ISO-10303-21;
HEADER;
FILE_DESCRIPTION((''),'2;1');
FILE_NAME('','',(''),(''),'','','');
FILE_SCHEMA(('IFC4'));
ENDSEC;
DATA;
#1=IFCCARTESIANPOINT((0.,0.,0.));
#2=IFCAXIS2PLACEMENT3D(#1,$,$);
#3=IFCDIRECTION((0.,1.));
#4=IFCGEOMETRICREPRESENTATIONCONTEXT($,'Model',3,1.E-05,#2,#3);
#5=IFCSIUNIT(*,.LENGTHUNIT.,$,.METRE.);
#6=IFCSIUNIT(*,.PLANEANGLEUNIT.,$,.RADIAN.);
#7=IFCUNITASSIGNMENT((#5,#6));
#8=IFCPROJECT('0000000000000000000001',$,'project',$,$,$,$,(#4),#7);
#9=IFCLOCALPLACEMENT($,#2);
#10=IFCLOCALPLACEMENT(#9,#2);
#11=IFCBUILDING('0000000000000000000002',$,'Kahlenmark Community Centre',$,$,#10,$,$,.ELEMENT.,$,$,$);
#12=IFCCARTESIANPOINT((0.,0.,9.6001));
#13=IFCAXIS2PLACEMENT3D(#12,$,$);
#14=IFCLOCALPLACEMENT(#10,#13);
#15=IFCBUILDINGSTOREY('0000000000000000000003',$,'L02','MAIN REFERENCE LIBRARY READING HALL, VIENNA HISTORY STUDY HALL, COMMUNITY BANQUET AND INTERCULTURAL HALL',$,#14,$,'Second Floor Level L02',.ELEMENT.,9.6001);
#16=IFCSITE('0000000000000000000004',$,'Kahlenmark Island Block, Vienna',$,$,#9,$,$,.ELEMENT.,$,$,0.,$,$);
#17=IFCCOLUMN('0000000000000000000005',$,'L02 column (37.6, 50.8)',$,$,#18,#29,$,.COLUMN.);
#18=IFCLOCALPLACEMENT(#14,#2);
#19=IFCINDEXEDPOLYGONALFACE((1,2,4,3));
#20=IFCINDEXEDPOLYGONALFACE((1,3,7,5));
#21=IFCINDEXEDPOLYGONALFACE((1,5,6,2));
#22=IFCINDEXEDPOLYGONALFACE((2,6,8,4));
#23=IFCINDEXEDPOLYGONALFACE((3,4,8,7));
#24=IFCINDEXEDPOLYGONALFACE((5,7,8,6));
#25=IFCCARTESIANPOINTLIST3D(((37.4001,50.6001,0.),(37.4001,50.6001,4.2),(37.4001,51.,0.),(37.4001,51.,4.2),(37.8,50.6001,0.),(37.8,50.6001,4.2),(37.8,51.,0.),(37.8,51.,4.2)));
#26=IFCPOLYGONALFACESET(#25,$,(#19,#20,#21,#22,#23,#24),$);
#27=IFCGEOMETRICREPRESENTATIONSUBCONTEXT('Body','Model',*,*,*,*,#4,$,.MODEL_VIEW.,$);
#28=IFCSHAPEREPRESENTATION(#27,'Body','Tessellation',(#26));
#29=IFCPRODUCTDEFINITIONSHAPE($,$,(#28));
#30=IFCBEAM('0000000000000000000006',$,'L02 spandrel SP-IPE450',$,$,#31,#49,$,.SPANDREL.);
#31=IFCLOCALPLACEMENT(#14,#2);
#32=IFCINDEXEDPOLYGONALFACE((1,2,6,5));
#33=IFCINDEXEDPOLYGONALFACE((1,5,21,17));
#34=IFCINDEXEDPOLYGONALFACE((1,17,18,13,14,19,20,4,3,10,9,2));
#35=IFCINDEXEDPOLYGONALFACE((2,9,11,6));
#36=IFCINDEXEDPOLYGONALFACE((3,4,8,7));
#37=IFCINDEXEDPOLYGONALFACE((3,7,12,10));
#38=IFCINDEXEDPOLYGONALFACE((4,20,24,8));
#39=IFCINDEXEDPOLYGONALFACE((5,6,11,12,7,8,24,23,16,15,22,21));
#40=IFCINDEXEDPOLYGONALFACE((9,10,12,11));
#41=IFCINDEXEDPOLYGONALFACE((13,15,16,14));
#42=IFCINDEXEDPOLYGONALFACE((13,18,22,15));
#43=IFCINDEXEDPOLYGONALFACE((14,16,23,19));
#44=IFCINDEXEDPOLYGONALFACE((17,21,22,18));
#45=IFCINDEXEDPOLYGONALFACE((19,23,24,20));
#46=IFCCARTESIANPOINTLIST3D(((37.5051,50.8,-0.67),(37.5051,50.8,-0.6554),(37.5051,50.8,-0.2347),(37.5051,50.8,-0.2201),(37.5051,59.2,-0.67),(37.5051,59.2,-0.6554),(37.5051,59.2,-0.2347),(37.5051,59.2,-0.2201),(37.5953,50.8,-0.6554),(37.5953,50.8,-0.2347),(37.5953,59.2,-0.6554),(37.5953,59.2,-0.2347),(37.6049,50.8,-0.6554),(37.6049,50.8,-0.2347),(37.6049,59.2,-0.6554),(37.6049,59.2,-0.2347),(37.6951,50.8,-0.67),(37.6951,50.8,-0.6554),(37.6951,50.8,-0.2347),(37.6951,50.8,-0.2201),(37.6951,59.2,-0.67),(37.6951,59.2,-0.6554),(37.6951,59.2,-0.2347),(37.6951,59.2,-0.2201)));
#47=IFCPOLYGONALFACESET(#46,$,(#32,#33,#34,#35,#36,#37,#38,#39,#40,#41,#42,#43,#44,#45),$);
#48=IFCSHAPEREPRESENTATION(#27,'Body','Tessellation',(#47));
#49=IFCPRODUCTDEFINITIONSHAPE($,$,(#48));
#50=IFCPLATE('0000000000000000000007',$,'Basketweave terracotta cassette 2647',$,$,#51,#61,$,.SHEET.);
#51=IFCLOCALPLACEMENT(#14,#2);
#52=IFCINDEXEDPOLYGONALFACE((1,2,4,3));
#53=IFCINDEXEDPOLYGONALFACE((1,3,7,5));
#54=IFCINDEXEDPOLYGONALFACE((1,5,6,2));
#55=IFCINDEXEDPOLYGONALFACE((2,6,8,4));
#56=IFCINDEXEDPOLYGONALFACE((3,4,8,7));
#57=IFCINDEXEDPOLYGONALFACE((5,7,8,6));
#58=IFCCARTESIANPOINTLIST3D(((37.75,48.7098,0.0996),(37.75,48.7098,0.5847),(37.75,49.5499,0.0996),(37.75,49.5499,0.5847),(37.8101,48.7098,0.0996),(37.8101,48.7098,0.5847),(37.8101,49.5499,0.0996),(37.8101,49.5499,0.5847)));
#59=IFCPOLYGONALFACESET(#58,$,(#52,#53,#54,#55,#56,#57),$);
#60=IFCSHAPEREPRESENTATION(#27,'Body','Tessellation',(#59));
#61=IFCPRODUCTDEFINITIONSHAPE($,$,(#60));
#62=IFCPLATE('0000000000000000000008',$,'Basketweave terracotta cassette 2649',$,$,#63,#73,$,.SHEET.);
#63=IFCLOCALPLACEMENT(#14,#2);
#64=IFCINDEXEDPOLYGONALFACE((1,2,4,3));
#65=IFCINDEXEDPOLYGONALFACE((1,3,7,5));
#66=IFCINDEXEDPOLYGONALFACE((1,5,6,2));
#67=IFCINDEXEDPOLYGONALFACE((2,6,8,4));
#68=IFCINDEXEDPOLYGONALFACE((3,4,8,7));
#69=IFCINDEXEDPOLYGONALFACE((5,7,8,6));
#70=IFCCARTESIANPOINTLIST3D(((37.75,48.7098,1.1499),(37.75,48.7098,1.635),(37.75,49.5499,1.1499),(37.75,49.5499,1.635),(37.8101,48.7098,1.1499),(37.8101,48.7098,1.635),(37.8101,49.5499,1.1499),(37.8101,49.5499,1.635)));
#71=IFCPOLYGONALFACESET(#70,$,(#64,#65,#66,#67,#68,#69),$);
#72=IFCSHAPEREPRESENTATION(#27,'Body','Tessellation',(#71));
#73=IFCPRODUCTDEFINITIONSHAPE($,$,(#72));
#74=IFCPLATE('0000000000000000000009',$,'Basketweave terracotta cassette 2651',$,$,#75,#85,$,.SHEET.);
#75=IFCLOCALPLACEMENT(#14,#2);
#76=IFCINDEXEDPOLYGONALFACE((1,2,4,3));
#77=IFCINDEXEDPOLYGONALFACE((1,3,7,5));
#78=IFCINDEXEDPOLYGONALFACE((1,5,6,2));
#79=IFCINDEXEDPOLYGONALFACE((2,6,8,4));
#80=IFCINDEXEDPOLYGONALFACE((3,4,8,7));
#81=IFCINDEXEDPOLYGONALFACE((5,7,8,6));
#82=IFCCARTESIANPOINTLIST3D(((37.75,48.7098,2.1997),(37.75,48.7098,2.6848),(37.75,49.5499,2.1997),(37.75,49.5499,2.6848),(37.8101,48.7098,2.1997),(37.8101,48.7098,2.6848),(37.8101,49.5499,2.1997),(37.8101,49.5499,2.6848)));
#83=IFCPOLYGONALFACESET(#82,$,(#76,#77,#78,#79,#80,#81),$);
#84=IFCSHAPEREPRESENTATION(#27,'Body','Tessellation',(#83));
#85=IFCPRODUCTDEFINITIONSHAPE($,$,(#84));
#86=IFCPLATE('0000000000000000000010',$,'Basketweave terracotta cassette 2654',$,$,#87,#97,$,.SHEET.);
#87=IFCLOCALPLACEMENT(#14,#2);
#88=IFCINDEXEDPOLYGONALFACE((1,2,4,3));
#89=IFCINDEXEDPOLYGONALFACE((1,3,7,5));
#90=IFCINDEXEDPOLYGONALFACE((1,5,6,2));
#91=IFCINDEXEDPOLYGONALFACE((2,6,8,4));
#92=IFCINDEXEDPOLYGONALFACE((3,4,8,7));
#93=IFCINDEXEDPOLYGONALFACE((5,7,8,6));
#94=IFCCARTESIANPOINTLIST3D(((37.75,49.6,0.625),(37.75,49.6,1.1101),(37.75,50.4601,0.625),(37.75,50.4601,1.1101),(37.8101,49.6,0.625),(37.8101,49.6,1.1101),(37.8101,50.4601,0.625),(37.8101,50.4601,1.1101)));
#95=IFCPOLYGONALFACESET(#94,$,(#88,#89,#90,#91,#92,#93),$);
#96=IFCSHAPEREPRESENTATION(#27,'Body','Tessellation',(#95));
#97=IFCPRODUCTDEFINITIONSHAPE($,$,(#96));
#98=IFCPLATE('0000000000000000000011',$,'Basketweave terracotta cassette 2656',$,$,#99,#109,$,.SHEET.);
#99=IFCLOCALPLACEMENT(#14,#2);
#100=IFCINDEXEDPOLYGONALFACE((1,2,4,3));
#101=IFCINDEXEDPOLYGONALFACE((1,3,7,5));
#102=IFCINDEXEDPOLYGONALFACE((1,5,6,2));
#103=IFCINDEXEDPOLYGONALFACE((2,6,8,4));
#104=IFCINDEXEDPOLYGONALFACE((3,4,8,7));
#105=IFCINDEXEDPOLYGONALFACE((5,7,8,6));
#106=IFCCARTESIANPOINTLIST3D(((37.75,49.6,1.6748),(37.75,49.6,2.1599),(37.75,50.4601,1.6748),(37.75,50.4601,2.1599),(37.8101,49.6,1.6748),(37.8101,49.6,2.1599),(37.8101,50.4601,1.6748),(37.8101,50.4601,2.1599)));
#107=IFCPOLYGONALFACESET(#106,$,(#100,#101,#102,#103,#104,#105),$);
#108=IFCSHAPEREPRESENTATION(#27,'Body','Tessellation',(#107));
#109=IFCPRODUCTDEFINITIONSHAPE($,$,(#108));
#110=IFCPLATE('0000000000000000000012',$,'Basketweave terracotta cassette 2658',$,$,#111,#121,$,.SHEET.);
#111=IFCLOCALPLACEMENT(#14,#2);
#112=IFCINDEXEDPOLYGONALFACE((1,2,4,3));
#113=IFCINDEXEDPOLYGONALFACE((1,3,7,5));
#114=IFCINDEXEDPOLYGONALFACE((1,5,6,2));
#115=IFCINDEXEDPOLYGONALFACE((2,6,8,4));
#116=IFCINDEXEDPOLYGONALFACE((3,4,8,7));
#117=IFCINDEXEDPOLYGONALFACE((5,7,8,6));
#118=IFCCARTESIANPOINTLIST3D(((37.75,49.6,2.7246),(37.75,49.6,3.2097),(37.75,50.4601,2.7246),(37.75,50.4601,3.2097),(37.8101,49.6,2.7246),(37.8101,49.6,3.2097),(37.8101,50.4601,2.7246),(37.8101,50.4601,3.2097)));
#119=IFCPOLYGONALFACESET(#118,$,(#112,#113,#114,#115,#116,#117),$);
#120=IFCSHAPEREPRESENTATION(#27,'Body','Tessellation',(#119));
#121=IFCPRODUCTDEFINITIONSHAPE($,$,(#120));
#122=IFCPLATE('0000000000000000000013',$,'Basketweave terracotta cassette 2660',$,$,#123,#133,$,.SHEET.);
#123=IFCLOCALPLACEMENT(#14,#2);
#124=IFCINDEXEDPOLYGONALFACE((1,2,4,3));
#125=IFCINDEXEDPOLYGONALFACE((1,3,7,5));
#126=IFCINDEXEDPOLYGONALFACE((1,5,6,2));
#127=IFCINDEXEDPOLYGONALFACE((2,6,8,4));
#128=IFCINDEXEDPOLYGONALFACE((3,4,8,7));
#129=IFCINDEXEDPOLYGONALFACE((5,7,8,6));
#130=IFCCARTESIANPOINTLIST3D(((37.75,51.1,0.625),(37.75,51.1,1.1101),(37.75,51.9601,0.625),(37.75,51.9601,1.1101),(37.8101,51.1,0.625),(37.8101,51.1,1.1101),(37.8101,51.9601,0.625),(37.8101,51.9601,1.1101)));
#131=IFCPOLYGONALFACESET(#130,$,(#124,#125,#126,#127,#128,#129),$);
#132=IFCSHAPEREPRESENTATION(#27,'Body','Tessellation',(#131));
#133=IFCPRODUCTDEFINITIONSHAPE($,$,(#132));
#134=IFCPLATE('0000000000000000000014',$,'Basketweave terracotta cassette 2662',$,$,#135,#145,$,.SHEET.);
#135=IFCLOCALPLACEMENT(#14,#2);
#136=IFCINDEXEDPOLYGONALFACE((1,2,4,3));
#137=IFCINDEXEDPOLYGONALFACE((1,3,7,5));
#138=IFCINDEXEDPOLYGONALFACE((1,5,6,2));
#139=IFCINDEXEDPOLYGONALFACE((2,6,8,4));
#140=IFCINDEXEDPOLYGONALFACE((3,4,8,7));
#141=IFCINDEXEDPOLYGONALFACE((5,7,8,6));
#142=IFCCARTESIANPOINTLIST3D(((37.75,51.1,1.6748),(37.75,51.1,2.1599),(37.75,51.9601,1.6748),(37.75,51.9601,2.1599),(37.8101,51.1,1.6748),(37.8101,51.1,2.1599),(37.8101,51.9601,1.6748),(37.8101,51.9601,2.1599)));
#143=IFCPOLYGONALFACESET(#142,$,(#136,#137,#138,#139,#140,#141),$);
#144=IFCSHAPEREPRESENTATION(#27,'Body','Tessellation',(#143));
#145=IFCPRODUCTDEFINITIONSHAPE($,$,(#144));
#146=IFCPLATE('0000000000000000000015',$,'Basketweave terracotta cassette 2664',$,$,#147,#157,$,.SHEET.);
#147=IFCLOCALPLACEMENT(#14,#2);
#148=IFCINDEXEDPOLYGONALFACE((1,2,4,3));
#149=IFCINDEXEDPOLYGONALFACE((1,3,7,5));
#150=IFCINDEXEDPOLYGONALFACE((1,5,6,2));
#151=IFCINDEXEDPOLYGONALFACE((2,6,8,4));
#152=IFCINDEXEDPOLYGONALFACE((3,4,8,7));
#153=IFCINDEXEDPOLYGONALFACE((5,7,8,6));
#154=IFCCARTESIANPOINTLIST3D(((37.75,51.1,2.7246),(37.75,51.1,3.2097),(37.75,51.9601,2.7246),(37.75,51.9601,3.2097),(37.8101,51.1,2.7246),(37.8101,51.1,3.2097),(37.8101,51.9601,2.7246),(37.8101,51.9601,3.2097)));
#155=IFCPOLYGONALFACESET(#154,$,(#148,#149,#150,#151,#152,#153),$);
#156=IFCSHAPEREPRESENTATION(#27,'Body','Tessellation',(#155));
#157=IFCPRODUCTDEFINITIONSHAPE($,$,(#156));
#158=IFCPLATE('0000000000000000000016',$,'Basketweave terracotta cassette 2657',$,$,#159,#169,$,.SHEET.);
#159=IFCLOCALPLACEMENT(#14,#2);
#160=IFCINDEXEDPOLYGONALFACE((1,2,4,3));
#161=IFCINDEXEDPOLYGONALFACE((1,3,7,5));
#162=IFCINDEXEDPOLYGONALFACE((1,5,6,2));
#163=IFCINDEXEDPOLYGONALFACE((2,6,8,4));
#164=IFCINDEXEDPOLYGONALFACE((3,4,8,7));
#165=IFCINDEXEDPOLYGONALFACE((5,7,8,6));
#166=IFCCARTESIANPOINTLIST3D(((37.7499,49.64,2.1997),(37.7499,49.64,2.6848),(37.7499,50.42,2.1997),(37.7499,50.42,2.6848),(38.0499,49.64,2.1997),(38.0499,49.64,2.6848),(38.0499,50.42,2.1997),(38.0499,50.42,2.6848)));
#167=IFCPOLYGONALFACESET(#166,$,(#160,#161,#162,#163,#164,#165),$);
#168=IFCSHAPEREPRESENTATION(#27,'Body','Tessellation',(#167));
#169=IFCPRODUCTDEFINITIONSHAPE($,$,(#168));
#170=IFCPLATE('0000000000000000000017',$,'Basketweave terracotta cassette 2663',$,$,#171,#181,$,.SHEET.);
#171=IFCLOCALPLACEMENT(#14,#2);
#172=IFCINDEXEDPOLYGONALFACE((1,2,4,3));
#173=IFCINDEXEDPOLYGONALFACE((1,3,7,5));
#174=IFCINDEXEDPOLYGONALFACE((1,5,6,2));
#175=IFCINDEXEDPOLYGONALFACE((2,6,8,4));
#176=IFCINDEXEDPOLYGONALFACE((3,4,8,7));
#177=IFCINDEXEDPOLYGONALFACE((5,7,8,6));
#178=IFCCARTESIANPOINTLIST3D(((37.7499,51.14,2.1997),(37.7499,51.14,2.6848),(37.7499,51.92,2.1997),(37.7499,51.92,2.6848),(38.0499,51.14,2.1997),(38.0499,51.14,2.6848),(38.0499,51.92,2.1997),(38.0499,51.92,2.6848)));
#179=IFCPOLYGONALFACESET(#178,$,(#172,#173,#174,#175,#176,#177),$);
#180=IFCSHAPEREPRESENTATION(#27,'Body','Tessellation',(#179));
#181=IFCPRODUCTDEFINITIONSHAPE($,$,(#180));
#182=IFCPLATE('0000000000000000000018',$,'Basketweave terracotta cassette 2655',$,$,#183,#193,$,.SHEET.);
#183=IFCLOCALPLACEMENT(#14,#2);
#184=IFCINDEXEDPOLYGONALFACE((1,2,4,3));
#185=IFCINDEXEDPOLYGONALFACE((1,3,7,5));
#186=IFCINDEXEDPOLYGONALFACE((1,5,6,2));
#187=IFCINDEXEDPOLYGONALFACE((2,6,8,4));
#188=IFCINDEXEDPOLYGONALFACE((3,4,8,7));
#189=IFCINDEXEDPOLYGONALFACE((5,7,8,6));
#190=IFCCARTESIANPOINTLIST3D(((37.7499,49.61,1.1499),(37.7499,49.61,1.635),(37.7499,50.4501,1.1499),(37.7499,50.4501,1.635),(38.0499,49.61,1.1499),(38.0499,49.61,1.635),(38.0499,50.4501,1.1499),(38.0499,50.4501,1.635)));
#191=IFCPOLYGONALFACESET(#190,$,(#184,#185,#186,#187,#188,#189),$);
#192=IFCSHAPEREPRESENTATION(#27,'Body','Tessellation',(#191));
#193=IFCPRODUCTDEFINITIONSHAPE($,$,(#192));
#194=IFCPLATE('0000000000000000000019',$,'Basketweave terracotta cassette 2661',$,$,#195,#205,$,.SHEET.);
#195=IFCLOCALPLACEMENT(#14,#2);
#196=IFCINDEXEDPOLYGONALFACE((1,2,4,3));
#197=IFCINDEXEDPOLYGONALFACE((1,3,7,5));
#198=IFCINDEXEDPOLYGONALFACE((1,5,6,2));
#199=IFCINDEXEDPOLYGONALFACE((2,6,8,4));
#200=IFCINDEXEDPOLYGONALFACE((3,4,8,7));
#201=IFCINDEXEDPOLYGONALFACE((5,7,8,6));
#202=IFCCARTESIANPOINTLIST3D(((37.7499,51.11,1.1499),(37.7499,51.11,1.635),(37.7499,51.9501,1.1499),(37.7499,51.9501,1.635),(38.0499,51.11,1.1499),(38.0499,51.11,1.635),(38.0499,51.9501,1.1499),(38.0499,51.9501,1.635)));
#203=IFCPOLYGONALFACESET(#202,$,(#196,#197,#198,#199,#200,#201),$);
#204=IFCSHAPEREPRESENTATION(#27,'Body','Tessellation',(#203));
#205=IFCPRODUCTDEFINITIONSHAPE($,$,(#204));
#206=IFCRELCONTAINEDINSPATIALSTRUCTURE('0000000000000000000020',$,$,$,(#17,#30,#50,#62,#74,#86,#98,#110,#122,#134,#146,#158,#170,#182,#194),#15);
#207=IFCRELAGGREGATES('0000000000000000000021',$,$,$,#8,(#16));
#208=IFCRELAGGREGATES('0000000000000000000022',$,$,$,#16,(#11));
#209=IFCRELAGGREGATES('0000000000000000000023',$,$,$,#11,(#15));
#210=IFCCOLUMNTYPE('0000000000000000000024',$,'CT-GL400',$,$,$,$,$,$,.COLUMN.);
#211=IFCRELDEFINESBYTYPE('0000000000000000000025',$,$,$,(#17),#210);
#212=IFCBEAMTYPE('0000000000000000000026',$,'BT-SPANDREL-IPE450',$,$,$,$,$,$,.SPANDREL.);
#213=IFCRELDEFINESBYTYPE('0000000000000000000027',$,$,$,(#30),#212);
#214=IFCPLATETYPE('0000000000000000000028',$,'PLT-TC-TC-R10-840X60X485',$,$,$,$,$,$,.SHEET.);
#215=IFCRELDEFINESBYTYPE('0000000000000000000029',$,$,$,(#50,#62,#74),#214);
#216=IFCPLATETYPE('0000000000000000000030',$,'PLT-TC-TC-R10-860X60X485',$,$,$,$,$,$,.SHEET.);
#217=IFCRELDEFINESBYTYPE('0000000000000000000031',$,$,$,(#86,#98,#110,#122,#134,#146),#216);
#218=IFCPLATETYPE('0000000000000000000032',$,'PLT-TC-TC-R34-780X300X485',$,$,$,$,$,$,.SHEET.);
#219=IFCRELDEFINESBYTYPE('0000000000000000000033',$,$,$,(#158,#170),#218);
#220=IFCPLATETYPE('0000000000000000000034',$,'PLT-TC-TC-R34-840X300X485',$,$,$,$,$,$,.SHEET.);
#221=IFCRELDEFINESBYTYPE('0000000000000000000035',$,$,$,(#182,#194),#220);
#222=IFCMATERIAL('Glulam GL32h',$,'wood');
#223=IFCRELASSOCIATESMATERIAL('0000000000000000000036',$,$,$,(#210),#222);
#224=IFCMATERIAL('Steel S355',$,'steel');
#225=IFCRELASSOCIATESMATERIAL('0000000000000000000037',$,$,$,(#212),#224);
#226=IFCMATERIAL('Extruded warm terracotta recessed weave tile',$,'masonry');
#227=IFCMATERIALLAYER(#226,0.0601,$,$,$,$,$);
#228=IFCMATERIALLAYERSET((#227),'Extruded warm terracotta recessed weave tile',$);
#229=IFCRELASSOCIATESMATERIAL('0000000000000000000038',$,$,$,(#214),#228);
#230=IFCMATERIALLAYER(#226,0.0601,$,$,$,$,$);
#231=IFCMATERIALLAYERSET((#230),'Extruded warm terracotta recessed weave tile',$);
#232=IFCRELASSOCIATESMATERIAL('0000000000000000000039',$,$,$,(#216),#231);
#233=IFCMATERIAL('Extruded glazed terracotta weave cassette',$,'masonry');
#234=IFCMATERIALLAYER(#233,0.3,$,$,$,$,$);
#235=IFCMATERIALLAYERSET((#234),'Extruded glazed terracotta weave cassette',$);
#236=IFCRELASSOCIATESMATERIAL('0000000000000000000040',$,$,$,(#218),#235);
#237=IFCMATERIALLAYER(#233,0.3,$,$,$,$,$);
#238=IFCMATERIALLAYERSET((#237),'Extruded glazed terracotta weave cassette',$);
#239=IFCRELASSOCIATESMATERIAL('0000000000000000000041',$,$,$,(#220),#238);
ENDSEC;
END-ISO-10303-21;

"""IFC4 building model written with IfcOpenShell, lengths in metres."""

from ifc_helpers import new_model, si_unit, direction, frame, origin, origin_2d, place, context, subcontext, project, spatial, rectangle, i_section, extrude, material, layer, layer_set, material_profile, profile_set, type_object, element, save


model = new_model("IFC4")

# Units and contexts
model_context = context("Model", 3, precision=1e-05, world=origin(), true_north=direction((0.0, 1.0)))
body_context = subcontext(model_context, "Body", "Model", "MODEL_VIEW")
ifc_project = project(units=[si_unit("LENGTHUNIT", "METRE"), si_unit("PLANEANGLEUNIT", "RADIAN")], contexts=[model_context])

# Site, building, storey
site_placement = place(None, origin())
site = spatial("IfcSite", under=ifc_project, at=site_placement, Name="Kahlenmark Island Block, Vienna", CompositionType="ELEMENT", RefElevation=0.0)
building_placement = place(site_placement, origin())
building = spatial("IfcBuilding", under=site, at=building_placement, Name="Kahlenmark Community Centre", CompositionType="ELEMENT")
storey_placement = place(building_placement, frame((0.0, 0.0, 9.6001)))
storey = spatial("IfcBuildingStorey", under=building, at=storey_placement, Name="L02", Description="MAIN REFERENCE LIBRARY READING HALL, VIENNA HISTORY STUDY HALL, COMMUNITY BANQUET AND INTERCULTURAL HALL", LongName="Second Floor Level L02", CompositionType="ELEMENT", Elevation=9.6001)

# Column
ifc_material_1 = material(Name="Glulam GL32h", Category="wood")
ifc_material_profile_1 = material_profile(ifc_material_1, rectangle(XDim=0.3999, YDim=0.3999, at=origin_2d()), Name="GL32h 400x400")
ifc_profile_set_1 = profile_set([ifc_material_profile_1], Name="Glulam GL32h")
column_type = type_object("IfcColumnType", Name="CT-GL400", PredefinedType="COLUMN", material=ifc_profile_set_1)
column_placement = place(storey_placement, frame((37.6001, 50.8, 0.0), z_axis=(0.0, 0.0, 1.0), x_axis=(1.0, 0.0, 0.0)))
element("IfcColumn", 1, at=column_placement, inside=storey, type_object=column_type, Name="L02 column (37.6, 50.8)", PredefinedType="COLUMN", context=body_context, shape_type="SweptSolid", body=[
    extrude(rectangle(XDim=0.3999, YDim=0.3999, at=origin_2d()), origin(), (0.0, 0.0, 1.0), 4.2),
])

# Beam
ifc_material_2 = material(Name="Steel S355", Category="steel")
ifc_material_profile_2 = material_profile(ifc_material_2, i_section(OverallWidth=0.1899, OverallDepth=0.45, WebThickness=0.0095, FlangeThickness=0.0146, at=origin_2d()), Name="IPE 450")
ifc_profile_set_2 = profile_set([ifc_material_profile_2], Name="Steel S355")
beam_type = type_object("IfcBeamType", Name="BT-SPANDREL-IPE450", PredefinedType="SPANDREL", material=ifc_profile_set_2)
beam_placement = place(storey_placement, frame((37.6001, 50.8, -0.4451), z_axis=(0.0, 1.0, 0.0), x_axis=(-1.0, 0.0, 0.0)))
element("IfcBeam", 2, at=beam_placement, inside=storey, type_object=beam_type, Name="L02 spandrel SP-IPE450", PredefinedType="SPANDREL", context=body_context, shape_type="SweptSolid", body=[
    extrude(i_section(OverallWidth=0.1899, OverallDepth=0.45, WebThickness=0.0095, FlangeThickness=0.0146, at=origin_2d()), origin(), (0.0, 0.0, 1.0), 8.3999),
])

# Plates
ifc_material_3 = material(Name="Extruded warm terracotta recessed weave tile", Category="masonry")
ifc_layer_1 = layer(ifc_material_3, 0.0601)
ifc_layer_set_1 = layer_set([ifc_layer_1], Name="Extruded warm terracotta recessed weave tile")
plate_type_1 = type_object("IfcPlateType", Name="PLT-TC-TC-R10-840X60X485", PredefinedType="SHEET", material=ifc_layer_set_1)
for number, where, z_axis, x_axis, name in (
    (3, (37.78, 49.1299, 0.0996), (0.0, 0.0, 1.0), (0.0, 1.0, 0.0), "Basketweave terracotta cassette 2647"),
    (4, (37.78, 49.1299, 1.1499), (0.0, 0.0, 1.0), (0.0, 1.0, 0.0), "Basketweave terracotta cassette 2649"),
    (5, (37.78, 49.1299, 2.1997), (0.0, 0.0, 1.0), (0.0, 1.0, 0.0), "Basketweave terracotta cassette 2651"),
):
    element("IfcPlate", number, at=place(storey_placement, frame(where, z_axis=z_axis, x_axis=x_axis)), inside=storey, type_object=plate_type_1, Name=name, PredefinedType="SHEET", context=body_context, shape_type="SweptSolid", body=[
        extrude(rectangle(XDim=0.8401, YDim=0.0601, at=origin_2d()), origin(), (0.0, 0.0, 1.0), 0.4851),
    ])
ifc_layer_2 = layer(ifc_material_3, 0.0601)
ifc_layer_set_2 = layer_set([ifc_layer_2], Name="Extruded warm terracotta recessed weave tile")
plate_type_2 = type_object("IfcPlateType", Name="PLT-TC-TC-R10-860X60X485", PredefinedType="SHEET", material=ifc_layer_set_2)
for number, where, z_axis, x_axis, name in (
    (6, (37.78, 50.03, 0.625), (0.0, 0.0, 1.0), (0.0, 1.0, 0.0), "Basketweave terracotta cassette 2654"),
    (7, (37.78, 50.03, 1.6748), (0.0, 0.0, 1.0), (0.0, 1.0, 0.0), "Basketweave terracotta cassette 2656"),
    (8, (37.78, 50.03, 2.7246), (0.0, 0.0, 1.0), (0.0, 1.0, 0.0), "Basketweave terracotta cassette 2658"),
    (9, (37.78, 51.53, 0.625), (0.0, 0.0, 1.0), (0.0, 1.0, 0.0), "Basketweave terracotta cassette 2660"),
    (10, (37.78, 51.53, 1.6748), (0.0, 0.0, 1.0), (0.0, 1.0, 0.0), "Basketweave terracotta cassette 2662"),
    (11, (37.78, 51.53, 2.7246), (0.0, 0.0, 1.0), (0.0, 1.0, 0.0), "Basketweave terracotta cassette 2664"),
):
    element("IfcPlate", number, at=place(storey_placement, frame(where, z_axis=z_axis, x_axis=x_axis)), inside=storey, type_object=plate_type_2, Name=name, PredefinedType="SHEET", context=body_context, shape_type="SweptSolid", body=[
        extrude(rectangle(XDim=0.8601, YDim=0.0601, at=origin_2d()), origin(), (0.0, 0.0, 1.0), 0.4851),
    ])
ifc_material_4 = material(Name="Extruded glazed terracotta weave cassette", Category="masonry")
ifc_layer_3 = layer(ifc_material_4, 0.3)
ifc_layer_set_3 = layer_set([ifc_layer_3], Name="Extruded glazed terracotta weave cassette")
plate_type_3 = type_object("IfcPlateType", Name="PLT-TC-TC-R34-780X300X485", PredefinedType="SHEET", material=ifc_layer_set_3)
for number, where, z_axis, x_axis, name in (
    (12, (37.8999, 50.03, 2.1997), (0.0, 0.0, 1.0), (0.0, 1.0, 0.0), "Basketweave terracotta cassette 2657"),
    (13, (37.8999, 51.53, 2.1997), (0.0, 0.0, 1.0), (0.0, 1.0, 0.0), "Basketweave terracotta cassette 2663"),
):
    element("IfcPlate", number, at=place(storey_placement, frame(where, z_axis=z_axis, x_axis=x_axis)), inside=storey, type_object=plate_type_3, Name=name, PredefinedType="SHEET", context=body_context, shape_type="SweptSolid", body=[
        extrude(rectangle(XDim=0.78, YDim=0.3, at=origin_2d()), origin(), (0.0, 0.0, 1.0), 0.4851),
    ])
ifc_layer_4 = layer(ifc_material_4, 0.3)
ifc_layer_set_4 = layer_set([ifc_layer_4], Name="Extruded glazed terracotta weave cassette")
plate_type_4 = type_object("IfcPlateType", Name="PLT-TC-TC-R34-840X300X485", PredefinedType="SHEET", material=ifc_layer_set_4)
for number, where, z_axis, x_axis, name in (
    (14, (37.8999, 50.03, 1.1499), (0.0, 0.0, 1.0), (0.0, 1.0, 0.0), "Basketweave terracotta cassette 2655"),
    (15, (37.8999, 51.53, 1.1499), (0.0, 0.0, 1.0), (0.0, 1.0, 0.0), "Basketweave terracotta cassette 2661"),
):
    element("IfcPlate", number, at=place(storey_placement, frame(where, z_axis=z_axis, x_axis=x_axis)), inside=storey, type_object=plate_type_4, Name=name, PredefinedType="SHEET", context=body_context, shape_type="SweptSolid", body=[
        extrude(rectangle(XDim=0.8401, YDim=0.3, at=origin_2d()), origin(), (0.0, 0.0, 1.0), 0.4851),
    ])

save(model, "model.ifc")
